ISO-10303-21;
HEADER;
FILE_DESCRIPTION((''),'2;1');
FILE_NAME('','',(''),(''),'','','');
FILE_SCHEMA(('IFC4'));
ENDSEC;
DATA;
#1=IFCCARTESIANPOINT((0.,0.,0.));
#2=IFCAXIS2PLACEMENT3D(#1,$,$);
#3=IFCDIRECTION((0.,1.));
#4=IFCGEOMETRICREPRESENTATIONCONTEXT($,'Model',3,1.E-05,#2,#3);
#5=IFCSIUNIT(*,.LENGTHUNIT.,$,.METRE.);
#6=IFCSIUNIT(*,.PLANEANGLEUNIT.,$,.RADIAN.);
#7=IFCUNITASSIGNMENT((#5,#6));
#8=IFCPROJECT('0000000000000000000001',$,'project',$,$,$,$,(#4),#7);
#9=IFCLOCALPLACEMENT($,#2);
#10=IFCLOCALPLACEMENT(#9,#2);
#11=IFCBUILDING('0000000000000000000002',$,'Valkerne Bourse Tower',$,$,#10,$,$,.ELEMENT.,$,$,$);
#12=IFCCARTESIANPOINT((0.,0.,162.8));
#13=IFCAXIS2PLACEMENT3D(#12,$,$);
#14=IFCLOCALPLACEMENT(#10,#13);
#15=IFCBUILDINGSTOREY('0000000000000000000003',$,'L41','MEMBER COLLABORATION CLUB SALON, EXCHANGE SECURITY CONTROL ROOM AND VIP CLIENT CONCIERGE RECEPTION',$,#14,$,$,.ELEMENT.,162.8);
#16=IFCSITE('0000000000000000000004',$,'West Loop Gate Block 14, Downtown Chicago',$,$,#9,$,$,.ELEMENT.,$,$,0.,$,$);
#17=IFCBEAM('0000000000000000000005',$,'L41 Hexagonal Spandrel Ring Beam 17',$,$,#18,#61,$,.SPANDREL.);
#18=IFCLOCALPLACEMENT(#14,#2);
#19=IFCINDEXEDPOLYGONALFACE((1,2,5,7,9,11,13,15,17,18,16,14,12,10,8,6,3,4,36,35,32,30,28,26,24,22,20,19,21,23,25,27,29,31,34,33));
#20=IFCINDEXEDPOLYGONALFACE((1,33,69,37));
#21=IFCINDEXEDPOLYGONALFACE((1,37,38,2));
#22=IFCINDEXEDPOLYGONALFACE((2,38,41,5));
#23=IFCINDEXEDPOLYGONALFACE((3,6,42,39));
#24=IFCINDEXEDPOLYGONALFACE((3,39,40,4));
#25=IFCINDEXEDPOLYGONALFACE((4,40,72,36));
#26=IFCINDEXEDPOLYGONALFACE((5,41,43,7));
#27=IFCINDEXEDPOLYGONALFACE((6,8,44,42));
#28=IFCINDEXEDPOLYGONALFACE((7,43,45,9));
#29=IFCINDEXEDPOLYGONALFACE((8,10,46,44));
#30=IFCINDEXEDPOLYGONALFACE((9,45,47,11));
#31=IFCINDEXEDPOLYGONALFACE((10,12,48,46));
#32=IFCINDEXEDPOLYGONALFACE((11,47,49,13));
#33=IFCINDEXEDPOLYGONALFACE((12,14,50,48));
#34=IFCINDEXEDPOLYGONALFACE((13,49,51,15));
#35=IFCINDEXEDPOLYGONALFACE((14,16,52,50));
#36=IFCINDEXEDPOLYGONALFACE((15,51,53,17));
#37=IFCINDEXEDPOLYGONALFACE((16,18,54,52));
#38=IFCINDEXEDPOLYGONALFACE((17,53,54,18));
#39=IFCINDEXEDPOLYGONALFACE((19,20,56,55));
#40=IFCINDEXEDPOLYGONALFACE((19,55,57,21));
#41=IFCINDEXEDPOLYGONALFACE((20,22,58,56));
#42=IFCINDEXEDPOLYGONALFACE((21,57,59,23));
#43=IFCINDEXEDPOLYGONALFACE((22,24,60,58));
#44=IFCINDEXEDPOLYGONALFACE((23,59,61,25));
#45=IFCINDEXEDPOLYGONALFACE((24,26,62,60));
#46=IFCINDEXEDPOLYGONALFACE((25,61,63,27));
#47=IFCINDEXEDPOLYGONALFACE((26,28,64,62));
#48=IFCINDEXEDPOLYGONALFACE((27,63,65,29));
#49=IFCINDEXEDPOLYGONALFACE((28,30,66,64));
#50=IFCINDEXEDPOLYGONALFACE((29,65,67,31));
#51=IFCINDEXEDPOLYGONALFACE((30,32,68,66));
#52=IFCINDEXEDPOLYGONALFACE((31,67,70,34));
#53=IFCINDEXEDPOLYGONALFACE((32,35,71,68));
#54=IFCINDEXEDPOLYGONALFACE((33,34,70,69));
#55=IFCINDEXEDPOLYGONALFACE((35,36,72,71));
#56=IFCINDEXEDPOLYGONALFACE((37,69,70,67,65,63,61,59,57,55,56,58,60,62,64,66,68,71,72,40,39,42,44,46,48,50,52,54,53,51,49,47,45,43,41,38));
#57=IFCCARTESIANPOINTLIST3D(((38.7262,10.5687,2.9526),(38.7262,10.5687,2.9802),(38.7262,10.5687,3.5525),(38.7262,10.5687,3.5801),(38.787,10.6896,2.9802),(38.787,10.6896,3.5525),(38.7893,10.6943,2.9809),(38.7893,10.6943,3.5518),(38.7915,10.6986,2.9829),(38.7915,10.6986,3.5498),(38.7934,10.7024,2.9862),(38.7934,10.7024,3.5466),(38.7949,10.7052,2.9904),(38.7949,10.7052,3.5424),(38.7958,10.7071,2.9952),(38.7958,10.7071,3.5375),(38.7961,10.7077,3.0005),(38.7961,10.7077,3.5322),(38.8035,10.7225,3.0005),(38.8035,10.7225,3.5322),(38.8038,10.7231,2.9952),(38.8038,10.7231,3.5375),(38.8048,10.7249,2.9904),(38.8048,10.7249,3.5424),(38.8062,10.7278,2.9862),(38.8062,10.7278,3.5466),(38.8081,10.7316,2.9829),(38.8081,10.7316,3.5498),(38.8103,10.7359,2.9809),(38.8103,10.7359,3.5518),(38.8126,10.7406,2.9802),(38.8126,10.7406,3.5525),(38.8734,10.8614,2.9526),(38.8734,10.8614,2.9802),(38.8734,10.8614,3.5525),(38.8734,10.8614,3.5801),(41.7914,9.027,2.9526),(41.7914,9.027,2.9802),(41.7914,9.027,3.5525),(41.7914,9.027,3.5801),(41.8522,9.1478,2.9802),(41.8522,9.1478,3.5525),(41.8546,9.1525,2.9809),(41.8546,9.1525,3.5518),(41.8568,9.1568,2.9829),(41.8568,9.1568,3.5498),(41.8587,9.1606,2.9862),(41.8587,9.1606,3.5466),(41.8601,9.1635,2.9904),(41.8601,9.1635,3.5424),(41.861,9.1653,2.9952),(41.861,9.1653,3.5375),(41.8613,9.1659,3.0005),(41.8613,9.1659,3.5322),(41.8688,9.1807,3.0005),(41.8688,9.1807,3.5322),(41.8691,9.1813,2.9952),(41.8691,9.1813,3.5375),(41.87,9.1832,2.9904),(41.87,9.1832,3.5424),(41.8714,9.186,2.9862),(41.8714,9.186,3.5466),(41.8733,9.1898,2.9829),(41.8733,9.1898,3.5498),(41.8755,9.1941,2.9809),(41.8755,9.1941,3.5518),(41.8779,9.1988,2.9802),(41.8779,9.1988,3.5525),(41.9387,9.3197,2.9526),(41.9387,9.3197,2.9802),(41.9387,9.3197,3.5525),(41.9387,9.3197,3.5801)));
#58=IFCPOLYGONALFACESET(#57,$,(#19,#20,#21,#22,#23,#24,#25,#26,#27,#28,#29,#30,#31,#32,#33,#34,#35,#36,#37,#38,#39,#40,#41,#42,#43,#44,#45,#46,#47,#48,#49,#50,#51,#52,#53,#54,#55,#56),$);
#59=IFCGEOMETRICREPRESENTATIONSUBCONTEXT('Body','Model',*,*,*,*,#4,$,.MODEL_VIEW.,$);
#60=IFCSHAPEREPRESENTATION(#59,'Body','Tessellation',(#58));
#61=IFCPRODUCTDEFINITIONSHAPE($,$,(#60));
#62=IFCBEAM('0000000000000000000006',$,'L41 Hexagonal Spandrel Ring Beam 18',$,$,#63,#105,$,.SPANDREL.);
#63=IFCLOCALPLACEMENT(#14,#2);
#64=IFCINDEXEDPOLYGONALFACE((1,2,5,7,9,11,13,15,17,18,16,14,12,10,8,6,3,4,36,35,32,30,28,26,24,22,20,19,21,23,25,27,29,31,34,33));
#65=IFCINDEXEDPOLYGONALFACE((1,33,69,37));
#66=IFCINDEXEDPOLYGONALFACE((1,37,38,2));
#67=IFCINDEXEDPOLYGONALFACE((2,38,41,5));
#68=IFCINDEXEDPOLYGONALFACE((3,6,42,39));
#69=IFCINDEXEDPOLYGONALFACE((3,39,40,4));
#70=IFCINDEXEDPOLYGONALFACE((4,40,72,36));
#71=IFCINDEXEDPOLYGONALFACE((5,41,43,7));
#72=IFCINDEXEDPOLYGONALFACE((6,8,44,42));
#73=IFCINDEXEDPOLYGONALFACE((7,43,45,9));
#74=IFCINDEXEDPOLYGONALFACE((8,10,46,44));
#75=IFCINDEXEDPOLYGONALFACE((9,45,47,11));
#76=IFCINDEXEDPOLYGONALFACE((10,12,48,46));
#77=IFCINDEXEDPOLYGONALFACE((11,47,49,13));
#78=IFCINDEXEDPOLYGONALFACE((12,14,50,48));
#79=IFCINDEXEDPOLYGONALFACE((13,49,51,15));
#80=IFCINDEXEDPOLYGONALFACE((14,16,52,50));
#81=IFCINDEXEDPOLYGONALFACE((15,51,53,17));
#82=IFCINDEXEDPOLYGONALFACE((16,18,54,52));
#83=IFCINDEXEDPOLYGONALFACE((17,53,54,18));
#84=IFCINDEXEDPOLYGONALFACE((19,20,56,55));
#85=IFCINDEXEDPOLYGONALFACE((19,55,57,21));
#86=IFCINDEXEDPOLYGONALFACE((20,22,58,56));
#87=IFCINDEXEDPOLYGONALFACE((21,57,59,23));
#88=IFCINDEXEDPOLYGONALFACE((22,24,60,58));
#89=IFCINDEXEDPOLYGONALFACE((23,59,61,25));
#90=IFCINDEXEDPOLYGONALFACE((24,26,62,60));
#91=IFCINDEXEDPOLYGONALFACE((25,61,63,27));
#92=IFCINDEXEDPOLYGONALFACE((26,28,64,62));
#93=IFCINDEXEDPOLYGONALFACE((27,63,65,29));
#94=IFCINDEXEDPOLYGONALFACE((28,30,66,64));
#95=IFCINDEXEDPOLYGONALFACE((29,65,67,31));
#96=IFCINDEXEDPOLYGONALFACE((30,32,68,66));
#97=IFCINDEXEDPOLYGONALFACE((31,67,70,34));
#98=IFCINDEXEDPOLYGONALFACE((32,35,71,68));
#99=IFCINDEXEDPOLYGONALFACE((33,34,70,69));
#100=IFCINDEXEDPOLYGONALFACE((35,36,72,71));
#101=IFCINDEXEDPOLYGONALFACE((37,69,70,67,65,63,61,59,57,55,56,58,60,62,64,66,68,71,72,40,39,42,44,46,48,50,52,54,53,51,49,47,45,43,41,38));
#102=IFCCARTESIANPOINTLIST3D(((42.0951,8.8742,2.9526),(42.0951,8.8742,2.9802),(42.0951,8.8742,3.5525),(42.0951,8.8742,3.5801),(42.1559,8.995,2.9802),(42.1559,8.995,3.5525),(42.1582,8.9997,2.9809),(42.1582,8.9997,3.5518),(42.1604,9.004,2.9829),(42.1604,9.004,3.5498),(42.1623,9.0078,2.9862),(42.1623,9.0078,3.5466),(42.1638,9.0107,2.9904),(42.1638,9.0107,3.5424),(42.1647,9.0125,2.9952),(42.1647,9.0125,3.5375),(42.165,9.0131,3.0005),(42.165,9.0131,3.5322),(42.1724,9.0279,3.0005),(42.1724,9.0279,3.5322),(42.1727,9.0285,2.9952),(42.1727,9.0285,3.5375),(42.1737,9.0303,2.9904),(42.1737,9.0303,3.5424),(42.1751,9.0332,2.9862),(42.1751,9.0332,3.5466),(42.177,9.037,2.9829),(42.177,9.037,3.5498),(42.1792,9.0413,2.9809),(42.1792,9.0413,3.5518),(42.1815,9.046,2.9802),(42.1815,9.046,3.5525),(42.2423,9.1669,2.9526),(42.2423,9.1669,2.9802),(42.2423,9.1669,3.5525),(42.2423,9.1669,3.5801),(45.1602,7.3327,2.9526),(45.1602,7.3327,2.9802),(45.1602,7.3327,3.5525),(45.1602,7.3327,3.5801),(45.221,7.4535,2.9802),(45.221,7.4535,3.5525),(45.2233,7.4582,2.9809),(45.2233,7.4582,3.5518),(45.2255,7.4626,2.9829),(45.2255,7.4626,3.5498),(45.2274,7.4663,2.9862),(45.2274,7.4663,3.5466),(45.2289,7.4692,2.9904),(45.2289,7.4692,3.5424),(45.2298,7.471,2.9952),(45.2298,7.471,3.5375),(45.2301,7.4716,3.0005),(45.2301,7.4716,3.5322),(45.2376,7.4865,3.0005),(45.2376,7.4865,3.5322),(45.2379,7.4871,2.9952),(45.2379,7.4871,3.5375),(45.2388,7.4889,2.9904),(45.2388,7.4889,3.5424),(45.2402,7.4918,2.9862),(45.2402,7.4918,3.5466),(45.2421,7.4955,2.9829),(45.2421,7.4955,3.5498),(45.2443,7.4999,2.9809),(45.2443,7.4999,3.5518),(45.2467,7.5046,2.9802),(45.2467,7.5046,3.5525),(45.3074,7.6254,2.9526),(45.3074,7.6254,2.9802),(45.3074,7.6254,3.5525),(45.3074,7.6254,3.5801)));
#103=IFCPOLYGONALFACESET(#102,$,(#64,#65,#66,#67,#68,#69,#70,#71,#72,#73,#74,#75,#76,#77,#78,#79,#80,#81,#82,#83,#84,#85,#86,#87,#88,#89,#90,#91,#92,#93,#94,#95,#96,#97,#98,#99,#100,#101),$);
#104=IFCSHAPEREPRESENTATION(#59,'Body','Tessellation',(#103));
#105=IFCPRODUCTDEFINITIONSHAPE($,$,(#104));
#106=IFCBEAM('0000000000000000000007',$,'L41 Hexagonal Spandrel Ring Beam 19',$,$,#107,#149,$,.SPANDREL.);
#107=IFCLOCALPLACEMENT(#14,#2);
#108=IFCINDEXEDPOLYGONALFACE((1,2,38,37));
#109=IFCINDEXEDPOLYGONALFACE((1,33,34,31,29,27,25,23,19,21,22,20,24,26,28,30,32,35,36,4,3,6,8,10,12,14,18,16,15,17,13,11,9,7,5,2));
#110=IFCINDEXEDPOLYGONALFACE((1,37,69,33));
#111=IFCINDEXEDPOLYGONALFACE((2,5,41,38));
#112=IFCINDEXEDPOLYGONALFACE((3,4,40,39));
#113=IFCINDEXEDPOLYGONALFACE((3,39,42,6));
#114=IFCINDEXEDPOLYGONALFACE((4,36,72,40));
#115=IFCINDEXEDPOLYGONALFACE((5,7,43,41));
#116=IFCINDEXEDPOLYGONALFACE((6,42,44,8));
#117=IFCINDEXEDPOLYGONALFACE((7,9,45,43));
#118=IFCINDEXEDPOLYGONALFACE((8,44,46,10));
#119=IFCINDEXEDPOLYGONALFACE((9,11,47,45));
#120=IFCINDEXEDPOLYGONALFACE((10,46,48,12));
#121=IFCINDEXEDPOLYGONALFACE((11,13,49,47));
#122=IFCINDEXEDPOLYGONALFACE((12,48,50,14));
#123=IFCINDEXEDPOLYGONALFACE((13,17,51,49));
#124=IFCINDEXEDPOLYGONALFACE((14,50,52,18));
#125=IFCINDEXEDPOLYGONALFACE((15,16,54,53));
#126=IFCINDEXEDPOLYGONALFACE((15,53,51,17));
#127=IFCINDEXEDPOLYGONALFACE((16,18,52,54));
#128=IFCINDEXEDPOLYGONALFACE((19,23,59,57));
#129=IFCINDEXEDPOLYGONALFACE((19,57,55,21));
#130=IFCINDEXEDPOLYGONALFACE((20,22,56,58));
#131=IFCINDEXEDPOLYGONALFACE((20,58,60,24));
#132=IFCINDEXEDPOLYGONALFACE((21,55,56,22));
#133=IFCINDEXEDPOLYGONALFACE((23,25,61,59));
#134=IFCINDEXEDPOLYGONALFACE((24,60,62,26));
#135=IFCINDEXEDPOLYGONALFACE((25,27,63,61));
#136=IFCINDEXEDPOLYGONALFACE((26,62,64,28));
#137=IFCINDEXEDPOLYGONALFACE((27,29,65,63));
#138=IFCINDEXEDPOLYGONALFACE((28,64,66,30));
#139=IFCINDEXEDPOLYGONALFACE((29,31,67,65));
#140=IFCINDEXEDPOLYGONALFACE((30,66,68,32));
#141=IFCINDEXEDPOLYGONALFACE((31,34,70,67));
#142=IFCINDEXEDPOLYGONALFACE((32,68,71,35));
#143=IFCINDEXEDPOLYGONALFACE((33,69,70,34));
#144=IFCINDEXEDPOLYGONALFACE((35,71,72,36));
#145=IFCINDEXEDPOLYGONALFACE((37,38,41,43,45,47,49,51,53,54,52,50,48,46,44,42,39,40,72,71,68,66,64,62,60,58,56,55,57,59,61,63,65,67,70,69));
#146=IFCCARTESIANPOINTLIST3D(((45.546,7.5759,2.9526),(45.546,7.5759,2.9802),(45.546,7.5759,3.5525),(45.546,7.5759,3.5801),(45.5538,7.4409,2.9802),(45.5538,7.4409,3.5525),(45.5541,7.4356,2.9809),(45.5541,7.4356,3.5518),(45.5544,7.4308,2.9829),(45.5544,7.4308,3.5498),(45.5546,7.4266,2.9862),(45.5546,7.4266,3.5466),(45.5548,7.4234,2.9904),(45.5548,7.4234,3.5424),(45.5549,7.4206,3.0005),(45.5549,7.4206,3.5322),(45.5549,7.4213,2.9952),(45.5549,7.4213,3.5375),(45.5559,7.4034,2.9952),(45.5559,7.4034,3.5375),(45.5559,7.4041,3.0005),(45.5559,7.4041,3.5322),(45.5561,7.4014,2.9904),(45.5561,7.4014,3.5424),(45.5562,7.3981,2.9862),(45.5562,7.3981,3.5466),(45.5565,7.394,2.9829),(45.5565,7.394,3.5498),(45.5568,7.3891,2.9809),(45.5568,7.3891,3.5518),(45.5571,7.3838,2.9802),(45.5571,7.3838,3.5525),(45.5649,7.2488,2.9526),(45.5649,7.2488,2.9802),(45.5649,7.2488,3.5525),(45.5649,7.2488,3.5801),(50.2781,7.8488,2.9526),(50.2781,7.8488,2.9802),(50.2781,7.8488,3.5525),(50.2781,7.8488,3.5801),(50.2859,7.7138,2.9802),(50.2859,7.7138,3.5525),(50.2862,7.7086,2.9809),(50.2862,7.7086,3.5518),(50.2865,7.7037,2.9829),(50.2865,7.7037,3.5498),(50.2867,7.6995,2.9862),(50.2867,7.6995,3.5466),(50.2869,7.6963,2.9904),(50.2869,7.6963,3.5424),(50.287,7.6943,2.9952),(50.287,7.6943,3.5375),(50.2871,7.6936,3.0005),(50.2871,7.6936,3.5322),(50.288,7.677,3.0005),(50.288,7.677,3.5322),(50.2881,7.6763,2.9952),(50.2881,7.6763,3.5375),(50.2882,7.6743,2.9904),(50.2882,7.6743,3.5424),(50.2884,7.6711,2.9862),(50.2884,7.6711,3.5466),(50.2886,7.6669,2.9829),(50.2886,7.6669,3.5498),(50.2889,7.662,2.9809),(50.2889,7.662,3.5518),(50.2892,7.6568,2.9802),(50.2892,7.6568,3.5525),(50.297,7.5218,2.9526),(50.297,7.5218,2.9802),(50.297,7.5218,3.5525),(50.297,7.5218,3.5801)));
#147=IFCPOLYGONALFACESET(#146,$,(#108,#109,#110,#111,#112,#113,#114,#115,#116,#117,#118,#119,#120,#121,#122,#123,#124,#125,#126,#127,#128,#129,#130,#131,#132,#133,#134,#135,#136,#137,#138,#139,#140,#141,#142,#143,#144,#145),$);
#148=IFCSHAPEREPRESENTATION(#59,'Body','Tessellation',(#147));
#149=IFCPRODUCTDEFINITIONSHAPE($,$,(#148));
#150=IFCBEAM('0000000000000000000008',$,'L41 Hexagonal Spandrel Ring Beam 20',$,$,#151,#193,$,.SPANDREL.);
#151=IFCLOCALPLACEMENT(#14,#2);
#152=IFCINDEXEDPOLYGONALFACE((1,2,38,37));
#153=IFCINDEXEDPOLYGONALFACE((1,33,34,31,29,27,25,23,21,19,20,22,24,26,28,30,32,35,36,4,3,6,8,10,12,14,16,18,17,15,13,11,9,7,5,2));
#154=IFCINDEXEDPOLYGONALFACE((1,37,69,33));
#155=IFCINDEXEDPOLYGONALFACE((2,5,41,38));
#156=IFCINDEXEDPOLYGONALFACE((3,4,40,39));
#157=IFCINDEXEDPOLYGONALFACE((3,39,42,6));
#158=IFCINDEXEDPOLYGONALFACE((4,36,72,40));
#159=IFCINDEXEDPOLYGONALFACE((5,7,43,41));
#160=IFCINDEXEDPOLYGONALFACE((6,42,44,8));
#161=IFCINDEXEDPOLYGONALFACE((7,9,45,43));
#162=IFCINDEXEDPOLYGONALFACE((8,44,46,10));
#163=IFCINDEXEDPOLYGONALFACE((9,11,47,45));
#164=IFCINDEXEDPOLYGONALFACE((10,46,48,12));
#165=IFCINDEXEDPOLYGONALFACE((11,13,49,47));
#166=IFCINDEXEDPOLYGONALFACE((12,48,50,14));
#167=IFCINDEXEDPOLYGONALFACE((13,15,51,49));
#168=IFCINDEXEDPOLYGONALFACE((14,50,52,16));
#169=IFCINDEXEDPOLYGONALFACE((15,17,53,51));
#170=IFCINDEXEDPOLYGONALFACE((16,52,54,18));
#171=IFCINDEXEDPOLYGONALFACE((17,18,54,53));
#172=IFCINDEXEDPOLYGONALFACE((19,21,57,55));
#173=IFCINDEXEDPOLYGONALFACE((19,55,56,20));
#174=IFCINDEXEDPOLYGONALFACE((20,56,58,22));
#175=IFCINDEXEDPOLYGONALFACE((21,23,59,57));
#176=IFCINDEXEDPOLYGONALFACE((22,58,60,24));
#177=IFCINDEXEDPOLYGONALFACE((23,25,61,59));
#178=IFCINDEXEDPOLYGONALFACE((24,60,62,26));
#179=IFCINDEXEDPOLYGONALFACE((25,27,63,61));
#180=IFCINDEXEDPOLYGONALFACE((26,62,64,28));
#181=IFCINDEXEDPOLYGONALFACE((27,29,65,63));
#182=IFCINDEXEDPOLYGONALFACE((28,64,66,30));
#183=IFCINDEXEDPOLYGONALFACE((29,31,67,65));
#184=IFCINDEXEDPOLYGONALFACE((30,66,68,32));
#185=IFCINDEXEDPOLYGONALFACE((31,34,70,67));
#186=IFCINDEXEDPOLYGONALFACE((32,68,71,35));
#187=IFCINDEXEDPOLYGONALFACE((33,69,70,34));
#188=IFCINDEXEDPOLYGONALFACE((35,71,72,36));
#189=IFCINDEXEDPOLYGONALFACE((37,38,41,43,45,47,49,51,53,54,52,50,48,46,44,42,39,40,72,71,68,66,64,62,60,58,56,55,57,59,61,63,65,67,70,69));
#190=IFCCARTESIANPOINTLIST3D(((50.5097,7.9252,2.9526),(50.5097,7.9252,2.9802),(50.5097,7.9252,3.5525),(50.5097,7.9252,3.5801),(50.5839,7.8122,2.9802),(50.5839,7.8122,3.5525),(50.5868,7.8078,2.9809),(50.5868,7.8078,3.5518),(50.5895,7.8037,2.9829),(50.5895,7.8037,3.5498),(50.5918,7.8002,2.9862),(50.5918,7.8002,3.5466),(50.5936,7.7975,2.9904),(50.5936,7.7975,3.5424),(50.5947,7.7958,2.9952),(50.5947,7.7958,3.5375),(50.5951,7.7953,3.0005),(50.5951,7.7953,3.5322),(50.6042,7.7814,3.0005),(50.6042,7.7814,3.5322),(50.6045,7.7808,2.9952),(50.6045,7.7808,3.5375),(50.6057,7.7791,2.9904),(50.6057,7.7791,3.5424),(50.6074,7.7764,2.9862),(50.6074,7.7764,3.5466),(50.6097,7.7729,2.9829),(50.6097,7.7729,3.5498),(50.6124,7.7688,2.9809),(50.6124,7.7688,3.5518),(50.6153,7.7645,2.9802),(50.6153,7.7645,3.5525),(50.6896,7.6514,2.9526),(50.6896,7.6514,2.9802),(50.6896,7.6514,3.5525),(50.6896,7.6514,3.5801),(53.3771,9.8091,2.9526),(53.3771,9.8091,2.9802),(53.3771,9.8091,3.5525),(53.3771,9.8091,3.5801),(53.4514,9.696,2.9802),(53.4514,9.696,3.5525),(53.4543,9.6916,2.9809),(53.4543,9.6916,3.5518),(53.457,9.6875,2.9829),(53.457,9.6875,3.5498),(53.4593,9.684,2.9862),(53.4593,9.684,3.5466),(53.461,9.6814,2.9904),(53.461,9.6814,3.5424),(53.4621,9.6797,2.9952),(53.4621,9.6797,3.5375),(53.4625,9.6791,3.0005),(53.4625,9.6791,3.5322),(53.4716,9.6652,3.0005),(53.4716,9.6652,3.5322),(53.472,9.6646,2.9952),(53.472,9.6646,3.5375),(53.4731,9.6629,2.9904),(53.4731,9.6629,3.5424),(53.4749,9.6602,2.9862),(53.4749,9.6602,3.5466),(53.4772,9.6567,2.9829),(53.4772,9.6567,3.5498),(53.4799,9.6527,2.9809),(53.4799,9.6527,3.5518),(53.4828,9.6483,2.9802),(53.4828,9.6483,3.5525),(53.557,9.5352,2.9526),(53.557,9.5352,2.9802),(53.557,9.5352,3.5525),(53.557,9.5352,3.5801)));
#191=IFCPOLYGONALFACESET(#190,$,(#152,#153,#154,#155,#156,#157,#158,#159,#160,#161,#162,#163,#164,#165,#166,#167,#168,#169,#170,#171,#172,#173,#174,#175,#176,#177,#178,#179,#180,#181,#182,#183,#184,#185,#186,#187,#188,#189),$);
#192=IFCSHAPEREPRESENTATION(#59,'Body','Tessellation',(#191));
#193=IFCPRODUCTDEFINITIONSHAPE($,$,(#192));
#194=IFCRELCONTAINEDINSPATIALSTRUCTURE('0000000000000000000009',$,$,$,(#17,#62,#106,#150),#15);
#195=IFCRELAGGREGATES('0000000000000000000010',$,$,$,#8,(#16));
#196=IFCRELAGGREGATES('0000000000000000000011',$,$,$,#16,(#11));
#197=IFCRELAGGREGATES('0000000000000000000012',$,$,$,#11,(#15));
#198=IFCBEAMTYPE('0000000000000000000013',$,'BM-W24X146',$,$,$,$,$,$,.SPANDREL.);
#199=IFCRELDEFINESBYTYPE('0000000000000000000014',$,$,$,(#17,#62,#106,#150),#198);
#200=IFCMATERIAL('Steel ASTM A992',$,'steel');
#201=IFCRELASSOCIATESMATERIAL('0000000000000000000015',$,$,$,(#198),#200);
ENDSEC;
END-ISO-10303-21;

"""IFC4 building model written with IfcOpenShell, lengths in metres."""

from ifc_helpers import new_model, si_unit, direction, frame, origin, origin_2d, place, context, subcontext, project, spatial, i_section, extrude, material, material_profile, profile_set, type_object, element, save


model = new_model("IFC4")

# Units and contexts
model_context = context("Model", 3, precision=1e-05, world=origin(), true_north=direction((0.0, 1.0)))
body_context = subcontext(model_context, "Body", "Model", "MODEL_VIEW")
ifc_project = project(units=[si_unit("LENGTHUNIT", "METRE"), si_unit("PLANEANGLEUNIT", "RADIAN")], contexts=[model_context])

# Site, building, storey
site_placement = place(None, origin())
site = spatial("IfcSite", under=ifc_project, at=site_placement, Name="West Loop Gate Block 14, Downtown Chicago", CompositionType="ELEMENT", RefElevation=0.0)
building_placement = place(site_placement, origin())
building = spatial("IfcBuilding", under=site, at=building_placement, Name="Valkerne Bourse Tower", CompositionType="ELEMENT")
storey_placement = place(building_placement, frame((0.0, 0.0, 162.8)))
storey = spatial("IfcBuildingStorey", under=building, at=storey_placement, Name="L41", Description="MEMBER COLLABORATION CLUB SALON, EXCHANGE SECURITY CONTROL ROOM AND VIP CLIENT CONCIERGE RECEPTION", CompositionType="ELEMENT", Elevation=162.8)

# Beams
ifc_material_1 = material(Name="Steel ASTM A992", Category="steel")
ifc_material_profile_1 = material_profile(ifc_material_1, i_section(OverallWidth=0.3276, OverallDepth=0.6274, WebThickness=0.0166, FlangeThickness=0.0276, FilletRadius=0.0203, at=origin_2d()), Name="W24X146")
ifc_profile_set_1 = profile_set([ifc_material_profile_1], Name="Steel ASTM A992")
beam_type_1 = type_object("IfcBeamType", Name="BM-W24X146", PredefinedType="SPANDREL", material=ifc_profile_set_1)
beam_1_placement = place(storey_placement, frame((38.7998, 10.7151, 3.2664), z_axis=(0.893357, -0.449347, 0.0), x_axis=(0.449347, 0.893357, 0.0)))
element("IfcBeam", 1, at=beam_1_placement, inside=storey, type_object=beam_type_1, Name="L41 Hexagonal Spandrel Ring Beam 17", PredefinedType="SPANDREL", context=body_context, shape_type="SweptSolid", body=[
    extrude(i_section(OverallWidth=0.3276, OverallDepth=0.6274, WebThickness=0.0166, FlangeThickness=0.0276, FilletRadius=0.0203, at=origin_2d()), origin(), (0.0, 0.0, 1.0), 3.4312),
])
beam_2_placement = place(storey_placement, frame((42.1687, 9.0205, 3.2664), z_axis=(0.893386, -0.44929, 0.0), x_axis=(0.44929, 0.893386, 0.0)))
element("IfcBeam", 2, at=beam_2_placement, inside=storey, type_object=beam_type_1, Name="L41 Hexagonal Spandrel Ring Beam 18", PredefinedType="SPANDREL", context=body_context, shape_type="SweptSolid", body=[
    extrude(i_section(OverallWidth=0.3276, OverallDepth=0.6274, WebThickness=0.0166, FlangeThickness=0.0276, FilletRadius=0.0203, at=origin_2d()), origin(), (0.0, 0.0, 1.0), 3.4309),
])
beam_3_placement = place(storey_placement, frame((45.5554, 7.4124, 3.2664), z_axis=(0.998341, 0.057584, 0.0), x_axis=(-0.057584, 0.998341, 0.0)))
element("IfcBeam", 3, at=beam_3_placement, inside=storey, type_object=beam_type_1, Name="L41 Hexagonal Spandrel Ring Beam 19", PredefinedType="SPANDREL", context=body_context, shape_type="SweptSolid", body=[
    extrude(i_section(OverallWidth=0.3276, OverallDepth=0.6274, WebThickness=0.0166, FlangeThickness=0.0276, FilletRadius=0.0203, at=origin_2d()), origin(), (0.0, 0.0, 1.0), 4.74),
])
beam_4_placement = place(storey_placement, frame((50.5996, 7.7883, 3.2664), z_axis=(0.835775, 0.549071, 0.0), x_axis=(-0.549071, 0.835775, 0.0)))
element("IfcBeam", 4, at=beam_4_placement, inside=storey, type_object=beam_type_1, Name="L41 Hexagonal Spandrel Ring Beam 20", PredefinedType="SPANDREL", context=body_context, shape_type="SweptSolid", body=[
    extrude(i_section(OverallWidth=0.3276, OverallDepth=0.6274, WebThickness=0.0166, FlangeThickness=0.0276, FilletRadius=0.0203, at=origin_2d()), origin(), (0.0, 0.0, 1.0), 3.4309),
])

save(model, "model.ifc")
